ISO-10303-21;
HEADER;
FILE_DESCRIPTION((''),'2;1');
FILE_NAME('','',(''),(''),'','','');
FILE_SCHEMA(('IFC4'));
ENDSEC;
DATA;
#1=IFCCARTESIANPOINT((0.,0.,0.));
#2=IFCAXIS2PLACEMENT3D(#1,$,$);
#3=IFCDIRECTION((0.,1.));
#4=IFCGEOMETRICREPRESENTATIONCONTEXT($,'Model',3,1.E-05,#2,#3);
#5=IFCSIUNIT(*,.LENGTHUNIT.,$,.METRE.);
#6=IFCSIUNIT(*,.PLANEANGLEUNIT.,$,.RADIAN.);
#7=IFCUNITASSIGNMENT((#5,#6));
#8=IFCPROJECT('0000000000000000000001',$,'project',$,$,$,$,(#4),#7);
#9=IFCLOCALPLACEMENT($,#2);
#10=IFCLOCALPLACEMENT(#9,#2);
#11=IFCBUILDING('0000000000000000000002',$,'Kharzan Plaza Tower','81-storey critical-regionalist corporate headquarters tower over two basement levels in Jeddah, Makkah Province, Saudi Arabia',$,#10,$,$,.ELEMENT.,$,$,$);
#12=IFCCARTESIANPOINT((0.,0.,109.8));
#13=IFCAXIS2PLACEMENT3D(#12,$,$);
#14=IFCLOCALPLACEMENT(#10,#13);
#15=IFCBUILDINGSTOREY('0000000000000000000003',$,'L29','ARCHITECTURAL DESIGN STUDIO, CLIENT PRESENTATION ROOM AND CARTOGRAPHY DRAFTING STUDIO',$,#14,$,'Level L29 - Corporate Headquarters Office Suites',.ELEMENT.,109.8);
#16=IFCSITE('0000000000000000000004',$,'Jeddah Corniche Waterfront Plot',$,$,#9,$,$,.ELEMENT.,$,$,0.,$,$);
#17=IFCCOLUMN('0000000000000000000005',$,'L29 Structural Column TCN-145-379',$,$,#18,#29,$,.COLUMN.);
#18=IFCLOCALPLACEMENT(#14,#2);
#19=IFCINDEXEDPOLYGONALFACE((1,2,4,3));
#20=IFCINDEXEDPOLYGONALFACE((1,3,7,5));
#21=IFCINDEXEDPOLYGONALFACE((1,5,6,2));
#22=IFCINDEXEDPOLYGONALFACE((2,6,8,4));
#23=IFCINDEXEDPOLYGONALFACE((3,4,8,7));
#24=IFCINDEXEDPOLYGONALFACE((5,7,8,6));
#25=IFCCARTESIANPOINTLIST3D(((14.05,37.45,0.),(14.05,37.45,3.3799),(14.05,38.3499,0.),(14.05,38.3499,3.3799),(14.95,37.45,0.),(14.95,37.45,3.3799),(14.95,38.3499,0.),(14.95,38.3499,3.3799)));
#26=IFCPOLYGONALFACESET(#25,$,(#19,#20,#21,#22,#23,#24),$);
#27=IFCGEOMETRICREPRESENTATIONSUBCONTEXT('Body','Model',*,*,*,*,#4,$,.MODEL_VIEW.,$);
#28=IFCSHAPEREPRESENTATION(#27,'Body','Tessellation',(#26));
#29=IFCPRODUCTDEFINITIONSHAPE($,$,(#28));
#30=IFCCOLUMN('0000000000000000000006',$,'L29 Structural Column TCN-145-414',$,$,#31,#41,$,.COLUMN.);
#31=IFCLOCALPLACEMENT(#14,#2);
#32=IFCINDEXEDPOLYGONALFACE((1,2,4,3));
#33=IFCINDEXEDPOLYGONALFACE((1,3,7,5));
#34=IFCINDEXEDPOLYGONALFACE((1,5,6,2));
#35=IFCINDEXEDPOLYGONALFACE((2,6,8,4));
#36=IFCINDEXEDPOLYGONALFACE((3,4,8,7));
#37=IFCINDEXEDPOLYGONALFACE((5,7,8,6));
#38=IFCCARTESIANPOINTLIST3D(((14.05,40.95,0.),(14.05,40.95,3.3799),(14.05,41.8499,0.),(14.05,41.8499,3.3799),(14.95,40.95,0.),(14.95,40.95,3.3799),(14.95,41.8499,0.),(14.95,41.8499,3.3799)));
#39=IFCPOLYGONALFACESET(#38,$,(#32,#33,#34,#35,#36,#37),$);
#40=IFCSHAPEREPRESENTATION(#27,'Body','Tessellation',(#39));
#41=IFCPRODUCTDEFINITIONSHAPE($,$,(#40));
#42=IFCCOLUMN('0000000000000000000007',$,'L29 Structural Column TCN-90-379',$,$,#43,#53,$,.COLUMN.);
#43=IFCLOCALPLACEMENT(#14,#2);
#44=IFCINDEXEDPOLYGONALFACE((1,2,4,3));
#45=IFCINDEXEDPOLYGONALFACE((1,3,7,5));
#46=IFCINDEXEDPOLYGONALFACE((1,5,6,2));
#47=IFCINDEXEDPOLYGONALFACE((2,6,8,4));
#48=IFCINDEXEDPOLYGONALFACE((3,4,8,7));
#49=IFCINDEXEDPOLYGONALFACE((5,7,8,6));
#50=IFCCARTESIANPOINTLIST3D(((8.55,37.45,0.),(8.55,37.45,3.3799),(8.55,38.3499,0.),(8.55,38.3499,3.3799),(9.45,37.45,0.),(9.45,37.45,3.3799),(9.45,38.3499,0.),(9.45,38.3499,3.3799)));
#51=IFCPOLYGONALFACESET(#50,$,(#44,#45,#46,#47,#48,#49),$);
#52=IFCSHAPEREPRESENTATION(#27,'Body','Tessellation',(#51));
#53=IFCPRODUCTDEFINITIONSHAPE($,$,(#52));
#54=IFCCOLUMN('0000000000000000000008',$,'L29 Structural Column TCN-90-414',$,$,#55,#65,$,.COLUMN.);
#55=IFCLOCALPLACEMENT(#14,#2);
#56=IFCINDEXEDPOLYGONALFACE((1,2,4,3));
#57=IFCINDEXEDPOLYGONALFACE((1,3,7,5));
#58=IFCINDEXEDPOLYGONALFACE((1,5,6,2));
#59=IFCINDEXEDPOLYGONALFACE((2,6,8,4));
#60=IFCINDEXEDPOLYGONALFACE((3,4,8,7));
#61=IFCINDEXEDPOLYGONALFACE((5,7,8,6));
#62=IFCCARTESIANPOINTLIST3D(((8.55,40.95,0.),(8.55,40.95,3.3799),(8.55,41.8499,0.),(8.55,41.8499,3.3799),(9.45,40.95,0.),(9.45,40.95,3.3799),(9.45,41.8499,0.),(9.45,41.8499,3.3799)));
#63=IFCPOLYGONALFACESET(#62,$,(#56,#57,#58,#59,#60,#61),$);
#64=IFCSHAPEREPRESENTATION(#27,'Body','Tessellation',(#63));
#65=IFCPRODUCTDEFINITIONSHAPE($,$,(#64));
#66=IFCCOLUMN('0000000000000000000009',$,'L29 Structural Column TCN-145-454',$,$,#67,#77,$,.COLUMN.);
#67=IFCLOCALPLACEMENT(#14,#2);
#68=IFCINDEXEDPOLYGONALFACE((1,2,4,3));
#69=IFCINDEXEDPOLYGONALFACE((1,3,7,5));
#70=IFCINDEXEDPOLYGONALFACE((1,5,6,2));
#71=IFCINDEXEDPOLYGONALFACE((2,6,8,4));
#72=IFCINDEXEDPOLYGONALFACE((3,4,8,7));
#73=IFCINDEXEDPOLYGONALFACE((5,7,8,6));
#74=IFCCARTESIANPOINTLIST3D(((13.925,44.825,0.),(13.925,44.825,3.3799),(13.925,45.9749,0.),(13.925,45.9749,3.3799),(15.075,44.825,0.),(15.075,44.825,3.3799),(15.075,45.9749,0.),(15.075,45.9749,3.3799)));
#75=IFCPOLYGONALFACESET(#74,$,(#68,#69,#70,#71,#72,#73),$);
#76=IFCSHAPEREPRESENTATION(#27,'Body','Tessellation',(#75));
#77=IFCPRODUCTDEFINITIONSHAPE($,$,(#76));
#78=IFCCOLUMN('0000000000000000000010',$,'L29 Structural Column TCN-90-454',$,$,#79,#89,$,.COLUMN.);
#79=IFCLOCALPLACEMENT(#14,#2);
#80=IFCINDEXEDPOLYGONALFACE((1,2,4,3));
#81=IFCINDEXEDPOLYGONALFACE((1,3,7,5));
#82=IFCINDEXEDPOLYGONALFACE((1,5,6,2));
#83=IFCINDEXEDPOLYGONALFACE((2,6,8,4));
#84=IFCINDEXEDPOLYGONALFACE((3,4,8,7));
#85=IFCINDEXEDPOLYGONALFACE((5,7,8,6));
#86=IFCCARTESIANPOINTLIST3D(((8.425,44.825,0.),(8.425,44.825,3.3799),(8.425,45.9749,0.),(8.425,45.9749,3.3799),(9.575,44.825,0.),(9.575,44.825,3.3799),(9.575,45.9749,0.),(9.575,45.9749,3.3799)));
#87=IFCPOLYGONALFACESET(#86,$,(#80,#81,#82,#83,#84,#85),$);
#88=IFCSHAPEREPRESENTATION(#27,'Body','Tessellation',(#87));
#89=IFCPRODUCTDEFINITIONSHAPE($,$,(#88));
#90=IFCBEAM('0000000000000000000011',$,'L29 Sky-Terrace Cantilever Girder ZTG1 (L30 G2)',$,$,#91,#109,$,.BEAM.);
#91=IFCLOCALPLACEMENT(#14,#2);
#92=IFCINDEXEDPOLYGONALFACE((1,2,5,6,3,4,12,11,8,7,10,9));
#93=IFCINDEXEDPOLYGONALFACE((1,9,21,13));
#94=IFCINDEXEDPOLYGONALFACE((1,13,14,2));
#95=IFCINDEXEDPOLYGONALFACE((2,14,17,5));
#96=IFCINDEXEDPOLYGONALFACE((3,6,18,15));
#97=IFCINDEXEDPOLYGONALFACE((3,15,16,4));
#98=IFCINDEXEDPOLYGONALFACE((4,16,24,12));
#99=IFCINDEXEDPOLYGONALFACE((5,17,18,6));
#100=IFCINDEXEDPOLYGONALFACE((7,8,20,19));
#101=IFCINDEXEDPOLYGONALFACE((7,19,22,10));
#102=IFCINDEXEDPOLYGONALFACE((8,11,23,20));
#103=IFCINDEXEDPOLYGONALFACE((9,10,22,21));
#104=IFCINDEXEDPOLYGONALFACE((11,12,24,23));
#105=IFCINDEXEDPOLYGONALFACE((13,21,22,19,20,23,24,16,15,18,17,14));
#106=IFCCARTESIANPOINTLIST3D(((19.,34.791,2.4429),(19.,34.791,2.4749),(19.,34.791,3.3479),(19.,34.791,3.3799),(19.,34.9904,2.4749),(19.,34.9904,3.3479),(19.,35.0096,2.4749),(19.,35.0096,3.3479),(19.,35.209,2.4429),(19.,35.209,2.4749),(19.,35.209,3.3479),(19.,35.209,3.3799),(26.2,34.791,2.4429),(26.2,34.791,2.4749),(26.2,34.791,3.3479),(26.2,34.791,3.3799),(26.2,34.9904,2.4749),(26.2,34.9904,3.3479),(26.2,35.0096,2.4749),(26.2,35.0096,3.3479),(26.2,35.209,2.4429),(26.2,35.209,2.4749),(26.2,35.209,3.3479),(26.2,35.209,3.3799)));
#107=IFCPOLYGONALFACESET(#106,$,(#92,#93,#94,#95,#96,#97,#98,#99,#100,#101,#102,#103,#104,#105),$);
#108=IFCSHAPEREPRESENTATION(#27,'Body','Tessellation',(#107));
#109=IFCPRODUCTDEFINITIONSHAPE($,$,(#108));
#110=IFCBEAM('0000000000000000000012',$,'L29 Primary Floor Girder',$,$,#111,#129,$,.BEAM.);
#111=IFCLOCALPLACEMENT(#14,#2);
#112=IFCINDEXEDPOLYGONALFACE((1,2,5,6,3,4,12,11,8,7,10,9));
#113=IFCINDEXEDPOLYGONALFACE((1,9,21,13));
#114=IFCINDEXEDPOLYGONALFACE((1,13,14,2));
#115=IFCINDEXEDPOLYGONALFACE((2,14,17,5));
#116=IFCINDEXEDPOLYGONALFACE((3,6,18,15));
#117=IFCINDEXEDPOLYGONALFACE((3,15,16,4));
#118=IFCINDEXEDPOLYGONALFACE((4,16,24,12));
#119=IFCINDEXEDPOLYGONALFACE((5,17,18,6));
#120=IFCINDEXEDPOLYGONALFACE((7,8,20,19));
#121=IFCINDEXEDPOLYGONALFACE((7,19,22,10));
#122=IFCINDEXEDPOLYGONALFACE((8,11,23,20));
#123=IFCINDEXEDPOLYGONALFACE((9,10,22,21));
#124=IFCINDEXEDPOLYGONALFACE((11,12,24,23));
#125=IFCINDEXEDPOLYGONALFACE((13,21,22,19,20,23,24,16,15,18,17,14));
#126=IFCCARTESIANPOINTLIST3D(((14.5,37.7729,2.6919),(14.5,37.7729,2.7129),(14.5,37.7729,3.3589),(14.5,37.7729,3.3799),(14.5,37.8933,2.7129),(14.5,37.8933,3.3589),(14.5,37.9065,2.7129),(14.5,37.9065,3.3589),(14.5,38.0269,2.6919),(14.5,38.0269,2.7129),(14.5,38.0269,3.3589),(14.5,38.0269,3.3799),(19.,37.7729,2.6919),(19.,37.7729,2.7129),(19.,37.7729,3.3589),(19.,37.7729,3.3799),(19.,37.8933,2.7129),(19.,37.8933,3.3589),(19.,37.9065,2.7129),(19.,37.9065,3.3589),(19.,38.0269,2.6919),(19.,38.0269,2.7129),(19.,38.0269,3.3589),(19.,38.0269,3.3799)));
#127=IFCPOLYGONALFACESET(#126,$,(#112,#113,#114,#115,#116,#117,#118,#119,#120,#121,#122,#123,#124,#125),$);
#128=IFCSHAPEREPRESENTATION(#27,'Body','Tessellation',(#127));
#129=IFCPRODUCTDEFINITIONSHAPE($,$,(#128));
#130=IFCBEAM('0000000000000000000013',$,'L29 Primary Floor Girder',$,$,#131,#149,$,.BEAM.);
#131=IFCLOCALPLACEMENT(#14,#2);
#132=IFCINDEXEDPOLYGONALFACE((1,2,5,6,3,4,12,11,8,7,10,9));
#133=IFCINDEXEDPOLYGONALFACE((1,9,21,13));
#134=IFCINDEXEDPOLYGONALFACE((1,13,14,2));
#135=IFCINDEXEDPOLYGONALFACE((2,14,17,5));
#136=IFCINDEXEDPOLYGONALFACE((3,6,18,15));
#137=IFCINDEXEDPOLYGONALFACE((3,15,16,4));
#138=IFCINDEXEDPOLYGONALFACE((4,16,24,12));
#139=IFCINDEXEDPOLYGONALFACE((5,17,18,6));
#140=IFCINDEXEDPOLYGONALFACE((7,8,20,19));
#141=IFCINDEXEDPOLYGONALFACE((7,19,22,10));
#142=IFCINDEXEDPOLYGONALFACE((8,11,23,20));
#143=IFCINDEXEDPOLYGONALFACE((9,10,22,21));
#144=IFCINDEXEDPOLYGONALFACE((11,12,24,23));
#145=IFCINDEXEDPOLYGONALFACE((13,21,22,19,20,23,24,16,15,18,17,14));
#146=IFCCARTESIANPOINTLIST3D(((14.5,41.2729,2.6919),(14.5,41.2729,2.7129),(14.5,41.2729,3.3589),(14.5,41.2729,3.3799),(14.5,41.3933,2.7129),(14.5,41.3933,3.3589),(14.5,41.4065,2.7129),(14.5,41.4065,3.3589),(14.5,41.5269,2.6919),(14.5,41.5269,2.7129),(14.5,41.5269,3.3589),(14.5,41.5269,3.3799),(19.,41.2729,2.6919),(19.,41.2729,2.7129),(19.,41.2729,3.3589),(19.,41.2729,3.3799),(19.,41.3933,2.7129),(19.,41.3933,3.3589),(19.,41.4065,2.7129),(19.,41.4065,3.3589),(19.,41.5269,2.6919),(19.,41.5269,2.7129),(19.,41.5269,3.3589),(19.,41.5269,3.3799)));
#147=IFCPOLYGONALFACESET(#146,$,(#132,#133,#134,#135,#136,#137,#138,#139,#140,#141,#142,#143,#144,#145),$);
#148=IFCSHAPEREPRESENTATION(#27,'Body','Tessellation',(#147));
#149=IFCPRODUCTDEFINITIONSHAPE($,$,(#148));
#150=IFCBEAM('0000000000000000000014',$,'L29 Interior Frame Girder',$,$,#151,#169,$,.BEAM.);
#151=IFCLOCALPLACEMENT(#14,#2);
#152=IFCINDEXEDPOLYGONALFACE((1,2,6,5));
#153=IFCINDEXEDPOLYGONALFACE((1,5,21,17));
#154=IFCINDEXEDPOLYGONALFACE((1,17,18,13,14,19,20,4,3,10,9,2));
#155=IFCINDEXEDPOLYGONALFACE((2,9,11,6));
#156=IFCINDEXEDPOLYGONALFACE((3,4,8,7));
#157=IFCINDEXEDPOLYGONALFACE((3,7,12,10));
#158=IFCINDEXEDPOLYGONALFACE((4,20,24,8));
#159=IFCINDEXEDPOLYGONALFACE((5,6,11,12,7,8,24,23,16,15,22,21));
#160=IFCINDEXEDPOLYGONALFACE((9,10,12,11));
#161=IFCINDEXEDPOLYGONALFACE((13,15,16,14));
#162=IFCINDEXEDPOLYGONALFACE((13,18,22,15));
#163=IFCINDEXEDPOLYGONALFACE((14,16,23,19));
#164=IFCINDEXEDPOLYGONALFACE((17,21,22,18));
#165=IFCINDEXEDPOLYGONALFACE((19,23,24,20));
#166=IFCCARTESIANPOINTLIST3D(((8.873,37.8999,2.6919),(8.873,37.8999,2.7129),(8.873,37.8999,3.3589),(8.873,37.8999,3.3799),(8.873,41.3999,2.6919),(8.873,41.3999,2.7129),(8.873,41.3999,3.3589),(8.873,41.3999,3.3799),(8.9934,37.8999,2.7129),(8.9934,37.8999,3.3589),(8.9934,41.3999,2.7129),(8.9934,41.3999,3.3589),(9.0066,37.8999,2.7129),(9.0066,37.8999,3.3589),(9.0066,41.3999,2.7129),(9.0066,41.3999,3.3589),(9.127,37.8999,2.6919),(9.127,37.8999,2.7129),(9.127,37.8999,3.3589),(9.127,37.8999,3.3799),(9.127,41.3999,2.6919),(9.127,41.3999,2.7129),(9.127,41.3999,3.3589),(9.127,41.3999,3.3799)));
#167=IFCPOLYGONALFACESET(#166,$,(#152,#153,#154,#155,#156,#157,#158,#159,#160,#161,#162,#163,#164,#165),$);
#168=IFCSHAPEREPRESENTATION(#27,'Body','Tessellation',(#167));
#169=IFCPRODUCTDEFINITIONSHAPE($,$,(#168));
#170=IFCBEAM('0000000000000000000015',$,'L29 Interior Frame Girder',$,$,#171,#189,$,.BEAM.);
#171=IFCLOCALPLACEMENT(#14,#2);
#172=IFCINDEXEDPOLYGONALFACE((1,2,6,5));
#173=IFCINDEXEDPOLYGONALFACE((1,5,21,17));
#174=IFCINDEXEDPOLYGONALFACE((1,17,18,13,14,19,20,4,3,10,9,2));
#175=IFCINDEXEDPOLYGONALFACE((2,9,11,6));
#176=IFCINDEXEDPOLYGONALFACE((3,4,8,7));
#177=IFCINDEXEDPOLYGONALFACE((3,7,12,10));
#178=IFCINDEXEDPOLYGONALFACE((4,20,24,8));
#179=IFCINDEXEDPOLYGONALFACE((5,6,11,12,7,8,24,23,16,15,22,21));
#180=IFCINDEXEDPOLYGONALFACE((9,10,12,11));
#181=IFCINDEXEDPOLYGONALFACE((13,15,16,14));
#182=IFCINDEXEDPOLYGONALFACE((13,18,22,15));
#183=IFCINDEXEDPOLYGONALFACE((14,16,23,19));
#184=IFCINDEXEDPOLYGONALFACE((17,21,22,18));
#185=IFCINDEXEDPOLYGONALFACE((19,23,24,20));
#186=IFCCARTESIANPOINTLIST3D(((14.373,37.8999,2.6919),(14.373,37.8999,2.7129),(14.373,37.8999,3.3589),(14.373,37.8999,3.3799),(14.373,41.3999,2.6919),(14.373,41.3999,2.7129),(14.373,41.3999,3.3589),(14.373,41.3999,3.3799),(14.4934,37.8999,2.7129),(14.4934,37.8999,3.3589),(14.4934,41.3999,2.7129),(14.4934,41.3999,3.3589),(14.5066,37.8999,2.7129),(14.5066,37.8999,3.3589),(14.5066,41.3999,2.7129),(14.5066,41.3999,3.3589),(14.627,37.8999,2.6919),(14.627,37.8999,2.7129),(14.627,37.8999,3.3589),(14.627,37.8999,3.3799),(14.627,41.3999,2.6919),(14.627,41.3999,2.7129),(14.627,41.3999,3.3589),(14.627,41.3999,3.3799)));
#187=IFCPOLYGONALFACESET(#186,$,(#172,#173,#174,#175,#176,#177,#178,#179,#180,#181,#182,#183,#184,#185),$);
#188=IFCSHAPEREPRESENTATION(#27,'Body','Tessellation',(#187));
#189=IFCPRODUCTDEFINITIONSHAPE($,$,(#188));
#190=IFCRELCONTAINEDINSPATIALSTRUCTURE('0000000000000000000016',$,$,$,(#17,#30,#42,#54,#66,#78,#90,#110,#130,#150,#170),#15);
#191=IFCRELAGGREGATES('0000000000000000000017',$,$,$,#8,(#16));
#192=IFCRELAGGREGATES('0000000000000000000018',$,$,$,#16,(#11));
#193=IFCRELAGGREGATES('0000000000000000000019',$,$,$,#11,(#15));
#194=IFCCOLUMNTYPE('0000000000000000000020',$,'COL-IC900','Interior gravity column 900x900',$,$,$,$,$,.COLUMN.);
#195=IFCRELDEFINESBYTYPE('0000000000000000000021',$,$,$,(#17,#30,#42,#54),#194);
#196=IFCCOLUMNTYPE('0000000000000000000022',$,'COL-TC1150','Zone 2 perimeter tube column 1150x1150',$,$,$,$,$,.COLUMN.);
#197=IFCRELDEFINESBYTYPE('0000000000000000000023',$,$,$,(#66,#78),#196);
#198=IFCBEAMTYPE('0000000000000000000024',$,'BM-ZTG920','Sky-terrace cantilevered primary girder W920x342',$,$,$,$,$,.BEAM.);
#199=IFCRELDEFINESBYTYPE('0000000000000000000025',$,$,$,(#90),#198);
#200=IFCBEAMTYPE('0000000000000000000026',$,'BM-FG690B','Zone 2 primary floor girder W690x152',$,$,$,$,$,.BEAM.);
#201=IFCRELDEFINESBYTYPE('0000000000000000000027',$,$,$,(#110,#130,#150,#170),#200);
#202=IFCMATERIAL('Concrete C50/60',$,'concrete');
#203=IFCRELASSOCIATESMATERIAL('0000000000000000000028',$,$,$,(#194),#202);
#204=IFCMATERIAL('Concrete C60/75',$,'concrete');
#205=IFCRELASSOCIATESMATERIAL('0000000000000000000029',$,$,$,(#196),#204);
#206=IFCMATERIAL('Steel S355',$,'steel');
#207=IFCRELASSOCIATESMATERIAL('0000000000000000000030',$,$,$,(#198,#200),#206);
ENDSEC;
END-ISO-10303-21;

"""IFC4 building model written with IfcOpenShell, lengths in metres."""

from ifc_helpers import new_model, si_unit, direction, frame, origin, origin_2d, place, context, subcontext, project, spatial, rectangle, i_section, extrude, source, transform, mapped, material, material_profile, profile_set, type_object, element, save


model = new_model("IFC4")

# Units and contexts
model_context = context("Model", 3, precision=1e-05, world=origin(), true_north=direction((0.0, 1.0)))
body_context = subcontext(model_context, "Body", "Model", "MODEL_VIEW")
ifc_project = project(units=[si_unit("LENGTHUNIT", "METRE"), si_unit("PLANEANGLEUNIT", "RADIAN")], contexts=[model_context])

# Site, building, storey
site_placement = place(None, origin())
site = spatial("IfcSite", under=ifc_project, at=site_placement, Name="Jeddah Corniche Waterfront Plot", CompositionType="ELEMENT", RefElevation=0.0)
building_placement = place(site_placement, origin())
building = spatial("IfcBuilding", under=site, at=building_placement, Name="Kharzan Plaza Tower", Description="81-storey critical-regionalist corporate headquarters tower over two basement levels in Jeddah, Makkah Province, Saudi Arabia", CompositionType="ELEMENT")
storey_placement = place(building_placement, frame((0.0, 0.0, 109.8)))
storey = spatial("IfcBuildingStorey", under=building, at=storey_placement, Name="L29", Description="ARCHITECTURAL DESIGN STUDIO, CLIENT PRESENTATION ROOM AND CARTOGRAPHY DRAFTING STUDIO", LongName="Level L29 - Corporate Headquarters Office Suites", CompositionType="ELEMENT", Elevation=109.8)

# Columns
ifc_material_1 = material(Name="Concrete C50/60", Category="concrete")
ifc_material_profile_1 = material_profile(ifc_material_1, rectangle(XDim=0.8999, YDim=0.8999, at=origin_2d()), Name="RC-IC900x900")
ifc_profile_set_1 = profile_set([ifc_material_profile_1], Name="Concrete C50/60")
column_type_1 = type_object("IfcColumnType", Name="COL-IC900", Description="Interior gravity column 900x900", PredefinedType="COLUMN", material=ifc_profile_set_1)
shared_shape_1 = source(origin(), body_context, "Body", "SweptSolid", [
    extrude(rectangle(XDim=0.8999, YDim=0.8999, at=origin_2d()), origin(), (0.0, 0.0, 1.0), 3.3799),
])
for number, where, z_axis, x_axis, name in (
    (1, (14.5, 37.8999, 0.0), (0.0, 0.0, 1.0), (1.0, 0.0, 0.0), "L29 Structural Column TCN-145-379"),
    (2, (14.5, 41.3999, 0.0), (0.0, 0.0, 1.0), (1.0, 0.0, 0.0), "L29 Structural Column TCN-145-414"),
    (3, (9.0, 37.8999, 0.0), (0.0, 0.0, 1.0), (1.0, 0.0, 0.0), "L29 Structural Column TCN-90-379"),
    (4, (9.0, 41.3999, 0.0), (0.0, 0.0, 1.0), (1.0, 0.0, 0.0), "L29 Structural Column TCN-90-414"),
):
    element("IfcColumn", number, at=place(storey_placement, frame(where, z_axis=z_axis, x_axis=x_axis)), inside=storey, type_object=column_type_1, Name=name, PredefinedType="COLUMN", context=body_context, shape_type="MappedRepresentation", body=[
        mapped(shared_shape_1, transform((0.0, 0.0, 0.0), x_axis=(1.0, 0.0, 0.0), y_axis=(0.0, 1.0, 0.0), z_axis=(0.0, 0.0, 1.0))),
    ])
ifc_material_2 = material(Name="Concrete C60/75", Category="concrete")
ifc_material_profile_2 = material_profile(ifc_material_2, rectangle(XDim=1.1499, YDim=1.1499, at=origin_2d()), Name="RC-TC1150x1150")
ifc_profile_set_2 = profile_set([ifc_material_profile_2], Name="Concrete C60/75")
column_type_2 = type_object("IfcColumnType", Name="COL-TC1150", Description="Zone 2 perimeter tube column 1150x1150", PredefinedType="COLUMN", material=ifc_profile_set_2)
shared_shape_2 = source(origin(), body_context, "Body", "SweptSolid", [
    extrude(rectangle(XDim=1.1499, YDim=1.1499, at=origin_2d()), origin(), (0.0, 0.0, 1.0), 3.3799),
])
for number, where, z_axis, x_axis, name in (
    (5, (14.5, 45.3999, 0.0), (0.0, 0.0, 1.0), (1.0, 0.0, 0.0), "L29 Structural Column TCN-145-454"),
    (6, (9.0, 45.3999, 0.0), (0.0, 0.0, 1.0), (1.0, 0.0, 0.0), "L29 Structural Column TCN-90-454"),
):
    element("IfcColumn", number, at=place(storey_placement, frame(where, z_axis=z_axis, x_axis=x_axis)), inside=storey, type_object=column_type_2, Name=name, PredefinedType="COLUMN", context=body_context, shape_type="MappedRepresentation", body=[
        mapped(shared_shape_2, transform((0.0, 0.0, 0.0), x_axis=(1.0, 0.0, 0.0), y_axis=(0.0, 1.0, 0.0), z_axis=(0.0, 0.0, 1.0))),
    ])

# Beams
ifc_material_3 = material(Name="Steel S355", Category="steel")
ifc_material_profile_3 = material_profile(ifc_material_3, i_section(OverallWidth=0.418, OverallDepth=0.937, WebThickness=0.0193, FlangeThickness=0.032, at=origin_2d()), Name="W920x342")
ifc_profile_set_3 = profile_set([ifc_material_profile_3], Name="Steel S355")
beam_type_1 = type_object("IfcBeamType", Name="BM-ZTG920", Description="Sky-terrace cantilevered primary girder W920x342", PredefinedType="BEAM", material=ifc_profile_set_3)
shared_shape_3 = source(origin(), body_context, "Body", "SweptSolid", [
    extrude(i_section(OverallWidth=0.418, OverallDepth=0.937, WebThickness=0.0193, FlangeThickness=0.032, at=origin_2d()), origin(), (0.0, 0.0, 1.0), 7.2),
])
beam_1_placement = place(storey_placement, frame((19.0, 35.0, 2.9114), z_axis=(1.0, 0.0, 0.0), x_axis=(0.0, 1.0, 0.0)))
element("IfcBeam", 7, at=beam_1_placement, inside=storey, type_object=beam_type_1, Name="L29 Sky-Terrace Cantilever Girder ZTG1 (L30 G2)", PredefinedType="BEAM", context=body_context, shape_type="MappedRepresentation", body=[
    mapped(shared_shape_3, transform((0.0, 0.0, 0.0), x_axis=(1.0, 0.0, 0.0), y_axis=(0.0, 1.0, 0.0), z_axis=(0.0, 0.0, 1.0))),
])
ifc_material_profile_4 = material_profile(ifc_material_3, i_section(OverallWidth=0.2539, OverallDepth=0.688, WebThickness=0.0132, FlangeThickness=0.021, at=origin_2d()), Name="W690x152")
ifc_profile_set_4 = profile_set([ifc_material_profile_4], Name="Steel S355")
beam_type_2 = type_object("IfcBeamType", Name="BM-FG690B", Description="Zone 2 primary floor girder W690x152", PredefinedType="BEAM", material=ifc_profile_set_4)
shared_shape_4 = source(origin(), body_context, "Body", "SweptSolid", [
    extrude(i_section(OverallWidth=0.2539, OverallDepth=0.688, WebThickness=0.0132, FlangeThickness=0.021, at=origin_2d()), origin(), (0.0, 0.0, 1.0), 4.5),
])
for number, where, z_axis, x_axis, name in (
    (8, (14.5, 37.8999, 3.0359), (1.0, 0.0, 0.0), (0.0, 1.0, 0.0), "L29 Primary Floor Girder"),
    (9, (14.5, 41.3999, 3.0359), (1.0, 0.0, 0.0), (0.0, 1.0, 0.0), "L29 Primary Floor Girder"),
):
    element("IfcBeam", number, at=place(storey_placement, frame(where, z_axis=z_axis, x_axis=x_axis)), inside=storey, type_object=beam_type_2, Name=name, PredefinedType="BEAM", context=body_context, shape_type="MappedRepresentation", body=[
        mapped(shared_shape_4, transform((0.0, 0.0, 0.0), x_axis=(1.0, 0.0, 0.0), y_axis=(0.0, 1.0, 0.0), z_axis=(0.0, 0.0, 1.0))),
    ])
shared_shape_5 = source(origin(), body_context, "Body", "SweptSolid", [
    extrude(i_section(OverallWidth=0.2539, OverallDepth=0.688, WebThickness=0.0132, FlangeThickness=0.021, at=origin_2d()), origin(), (0.0, 0.0, 1.0), 3.5),
])
for number, where, z_axis, x_axis, name in (
    (10, (9.0, 37.8999, 3.0359), (0.0, 1.0, 0.0), (-1.0, 0.0, 0.0), "L29 Interior Frame Girder"),
    (11, (14.5, 37.8999, 3.0359), (0.0, 1.0, 0.0), (-1.0, 0.0, 0.0), "L29 Interior Frame Girder"),
):
    element("IfcBeam", number, at=place(storey_placement, frame(where, z_axis=z_axis, x_axis=x_axis)), inside=storey, type_object=beam_type_2, Name=name, PredefinedType="BEAM", context=body_context, shape_type="MappedRepresentation", body=[
        mapped(shared_shape_5, transform((0.0, 0.0, 0.0), x_axis=(1.0, 0.0, 0.0), y_axis=(0.0, 1.0, 0.0), z_axis=(0.0, 0.0, 1.0))),
    ])

save(model, "model.ifc")
